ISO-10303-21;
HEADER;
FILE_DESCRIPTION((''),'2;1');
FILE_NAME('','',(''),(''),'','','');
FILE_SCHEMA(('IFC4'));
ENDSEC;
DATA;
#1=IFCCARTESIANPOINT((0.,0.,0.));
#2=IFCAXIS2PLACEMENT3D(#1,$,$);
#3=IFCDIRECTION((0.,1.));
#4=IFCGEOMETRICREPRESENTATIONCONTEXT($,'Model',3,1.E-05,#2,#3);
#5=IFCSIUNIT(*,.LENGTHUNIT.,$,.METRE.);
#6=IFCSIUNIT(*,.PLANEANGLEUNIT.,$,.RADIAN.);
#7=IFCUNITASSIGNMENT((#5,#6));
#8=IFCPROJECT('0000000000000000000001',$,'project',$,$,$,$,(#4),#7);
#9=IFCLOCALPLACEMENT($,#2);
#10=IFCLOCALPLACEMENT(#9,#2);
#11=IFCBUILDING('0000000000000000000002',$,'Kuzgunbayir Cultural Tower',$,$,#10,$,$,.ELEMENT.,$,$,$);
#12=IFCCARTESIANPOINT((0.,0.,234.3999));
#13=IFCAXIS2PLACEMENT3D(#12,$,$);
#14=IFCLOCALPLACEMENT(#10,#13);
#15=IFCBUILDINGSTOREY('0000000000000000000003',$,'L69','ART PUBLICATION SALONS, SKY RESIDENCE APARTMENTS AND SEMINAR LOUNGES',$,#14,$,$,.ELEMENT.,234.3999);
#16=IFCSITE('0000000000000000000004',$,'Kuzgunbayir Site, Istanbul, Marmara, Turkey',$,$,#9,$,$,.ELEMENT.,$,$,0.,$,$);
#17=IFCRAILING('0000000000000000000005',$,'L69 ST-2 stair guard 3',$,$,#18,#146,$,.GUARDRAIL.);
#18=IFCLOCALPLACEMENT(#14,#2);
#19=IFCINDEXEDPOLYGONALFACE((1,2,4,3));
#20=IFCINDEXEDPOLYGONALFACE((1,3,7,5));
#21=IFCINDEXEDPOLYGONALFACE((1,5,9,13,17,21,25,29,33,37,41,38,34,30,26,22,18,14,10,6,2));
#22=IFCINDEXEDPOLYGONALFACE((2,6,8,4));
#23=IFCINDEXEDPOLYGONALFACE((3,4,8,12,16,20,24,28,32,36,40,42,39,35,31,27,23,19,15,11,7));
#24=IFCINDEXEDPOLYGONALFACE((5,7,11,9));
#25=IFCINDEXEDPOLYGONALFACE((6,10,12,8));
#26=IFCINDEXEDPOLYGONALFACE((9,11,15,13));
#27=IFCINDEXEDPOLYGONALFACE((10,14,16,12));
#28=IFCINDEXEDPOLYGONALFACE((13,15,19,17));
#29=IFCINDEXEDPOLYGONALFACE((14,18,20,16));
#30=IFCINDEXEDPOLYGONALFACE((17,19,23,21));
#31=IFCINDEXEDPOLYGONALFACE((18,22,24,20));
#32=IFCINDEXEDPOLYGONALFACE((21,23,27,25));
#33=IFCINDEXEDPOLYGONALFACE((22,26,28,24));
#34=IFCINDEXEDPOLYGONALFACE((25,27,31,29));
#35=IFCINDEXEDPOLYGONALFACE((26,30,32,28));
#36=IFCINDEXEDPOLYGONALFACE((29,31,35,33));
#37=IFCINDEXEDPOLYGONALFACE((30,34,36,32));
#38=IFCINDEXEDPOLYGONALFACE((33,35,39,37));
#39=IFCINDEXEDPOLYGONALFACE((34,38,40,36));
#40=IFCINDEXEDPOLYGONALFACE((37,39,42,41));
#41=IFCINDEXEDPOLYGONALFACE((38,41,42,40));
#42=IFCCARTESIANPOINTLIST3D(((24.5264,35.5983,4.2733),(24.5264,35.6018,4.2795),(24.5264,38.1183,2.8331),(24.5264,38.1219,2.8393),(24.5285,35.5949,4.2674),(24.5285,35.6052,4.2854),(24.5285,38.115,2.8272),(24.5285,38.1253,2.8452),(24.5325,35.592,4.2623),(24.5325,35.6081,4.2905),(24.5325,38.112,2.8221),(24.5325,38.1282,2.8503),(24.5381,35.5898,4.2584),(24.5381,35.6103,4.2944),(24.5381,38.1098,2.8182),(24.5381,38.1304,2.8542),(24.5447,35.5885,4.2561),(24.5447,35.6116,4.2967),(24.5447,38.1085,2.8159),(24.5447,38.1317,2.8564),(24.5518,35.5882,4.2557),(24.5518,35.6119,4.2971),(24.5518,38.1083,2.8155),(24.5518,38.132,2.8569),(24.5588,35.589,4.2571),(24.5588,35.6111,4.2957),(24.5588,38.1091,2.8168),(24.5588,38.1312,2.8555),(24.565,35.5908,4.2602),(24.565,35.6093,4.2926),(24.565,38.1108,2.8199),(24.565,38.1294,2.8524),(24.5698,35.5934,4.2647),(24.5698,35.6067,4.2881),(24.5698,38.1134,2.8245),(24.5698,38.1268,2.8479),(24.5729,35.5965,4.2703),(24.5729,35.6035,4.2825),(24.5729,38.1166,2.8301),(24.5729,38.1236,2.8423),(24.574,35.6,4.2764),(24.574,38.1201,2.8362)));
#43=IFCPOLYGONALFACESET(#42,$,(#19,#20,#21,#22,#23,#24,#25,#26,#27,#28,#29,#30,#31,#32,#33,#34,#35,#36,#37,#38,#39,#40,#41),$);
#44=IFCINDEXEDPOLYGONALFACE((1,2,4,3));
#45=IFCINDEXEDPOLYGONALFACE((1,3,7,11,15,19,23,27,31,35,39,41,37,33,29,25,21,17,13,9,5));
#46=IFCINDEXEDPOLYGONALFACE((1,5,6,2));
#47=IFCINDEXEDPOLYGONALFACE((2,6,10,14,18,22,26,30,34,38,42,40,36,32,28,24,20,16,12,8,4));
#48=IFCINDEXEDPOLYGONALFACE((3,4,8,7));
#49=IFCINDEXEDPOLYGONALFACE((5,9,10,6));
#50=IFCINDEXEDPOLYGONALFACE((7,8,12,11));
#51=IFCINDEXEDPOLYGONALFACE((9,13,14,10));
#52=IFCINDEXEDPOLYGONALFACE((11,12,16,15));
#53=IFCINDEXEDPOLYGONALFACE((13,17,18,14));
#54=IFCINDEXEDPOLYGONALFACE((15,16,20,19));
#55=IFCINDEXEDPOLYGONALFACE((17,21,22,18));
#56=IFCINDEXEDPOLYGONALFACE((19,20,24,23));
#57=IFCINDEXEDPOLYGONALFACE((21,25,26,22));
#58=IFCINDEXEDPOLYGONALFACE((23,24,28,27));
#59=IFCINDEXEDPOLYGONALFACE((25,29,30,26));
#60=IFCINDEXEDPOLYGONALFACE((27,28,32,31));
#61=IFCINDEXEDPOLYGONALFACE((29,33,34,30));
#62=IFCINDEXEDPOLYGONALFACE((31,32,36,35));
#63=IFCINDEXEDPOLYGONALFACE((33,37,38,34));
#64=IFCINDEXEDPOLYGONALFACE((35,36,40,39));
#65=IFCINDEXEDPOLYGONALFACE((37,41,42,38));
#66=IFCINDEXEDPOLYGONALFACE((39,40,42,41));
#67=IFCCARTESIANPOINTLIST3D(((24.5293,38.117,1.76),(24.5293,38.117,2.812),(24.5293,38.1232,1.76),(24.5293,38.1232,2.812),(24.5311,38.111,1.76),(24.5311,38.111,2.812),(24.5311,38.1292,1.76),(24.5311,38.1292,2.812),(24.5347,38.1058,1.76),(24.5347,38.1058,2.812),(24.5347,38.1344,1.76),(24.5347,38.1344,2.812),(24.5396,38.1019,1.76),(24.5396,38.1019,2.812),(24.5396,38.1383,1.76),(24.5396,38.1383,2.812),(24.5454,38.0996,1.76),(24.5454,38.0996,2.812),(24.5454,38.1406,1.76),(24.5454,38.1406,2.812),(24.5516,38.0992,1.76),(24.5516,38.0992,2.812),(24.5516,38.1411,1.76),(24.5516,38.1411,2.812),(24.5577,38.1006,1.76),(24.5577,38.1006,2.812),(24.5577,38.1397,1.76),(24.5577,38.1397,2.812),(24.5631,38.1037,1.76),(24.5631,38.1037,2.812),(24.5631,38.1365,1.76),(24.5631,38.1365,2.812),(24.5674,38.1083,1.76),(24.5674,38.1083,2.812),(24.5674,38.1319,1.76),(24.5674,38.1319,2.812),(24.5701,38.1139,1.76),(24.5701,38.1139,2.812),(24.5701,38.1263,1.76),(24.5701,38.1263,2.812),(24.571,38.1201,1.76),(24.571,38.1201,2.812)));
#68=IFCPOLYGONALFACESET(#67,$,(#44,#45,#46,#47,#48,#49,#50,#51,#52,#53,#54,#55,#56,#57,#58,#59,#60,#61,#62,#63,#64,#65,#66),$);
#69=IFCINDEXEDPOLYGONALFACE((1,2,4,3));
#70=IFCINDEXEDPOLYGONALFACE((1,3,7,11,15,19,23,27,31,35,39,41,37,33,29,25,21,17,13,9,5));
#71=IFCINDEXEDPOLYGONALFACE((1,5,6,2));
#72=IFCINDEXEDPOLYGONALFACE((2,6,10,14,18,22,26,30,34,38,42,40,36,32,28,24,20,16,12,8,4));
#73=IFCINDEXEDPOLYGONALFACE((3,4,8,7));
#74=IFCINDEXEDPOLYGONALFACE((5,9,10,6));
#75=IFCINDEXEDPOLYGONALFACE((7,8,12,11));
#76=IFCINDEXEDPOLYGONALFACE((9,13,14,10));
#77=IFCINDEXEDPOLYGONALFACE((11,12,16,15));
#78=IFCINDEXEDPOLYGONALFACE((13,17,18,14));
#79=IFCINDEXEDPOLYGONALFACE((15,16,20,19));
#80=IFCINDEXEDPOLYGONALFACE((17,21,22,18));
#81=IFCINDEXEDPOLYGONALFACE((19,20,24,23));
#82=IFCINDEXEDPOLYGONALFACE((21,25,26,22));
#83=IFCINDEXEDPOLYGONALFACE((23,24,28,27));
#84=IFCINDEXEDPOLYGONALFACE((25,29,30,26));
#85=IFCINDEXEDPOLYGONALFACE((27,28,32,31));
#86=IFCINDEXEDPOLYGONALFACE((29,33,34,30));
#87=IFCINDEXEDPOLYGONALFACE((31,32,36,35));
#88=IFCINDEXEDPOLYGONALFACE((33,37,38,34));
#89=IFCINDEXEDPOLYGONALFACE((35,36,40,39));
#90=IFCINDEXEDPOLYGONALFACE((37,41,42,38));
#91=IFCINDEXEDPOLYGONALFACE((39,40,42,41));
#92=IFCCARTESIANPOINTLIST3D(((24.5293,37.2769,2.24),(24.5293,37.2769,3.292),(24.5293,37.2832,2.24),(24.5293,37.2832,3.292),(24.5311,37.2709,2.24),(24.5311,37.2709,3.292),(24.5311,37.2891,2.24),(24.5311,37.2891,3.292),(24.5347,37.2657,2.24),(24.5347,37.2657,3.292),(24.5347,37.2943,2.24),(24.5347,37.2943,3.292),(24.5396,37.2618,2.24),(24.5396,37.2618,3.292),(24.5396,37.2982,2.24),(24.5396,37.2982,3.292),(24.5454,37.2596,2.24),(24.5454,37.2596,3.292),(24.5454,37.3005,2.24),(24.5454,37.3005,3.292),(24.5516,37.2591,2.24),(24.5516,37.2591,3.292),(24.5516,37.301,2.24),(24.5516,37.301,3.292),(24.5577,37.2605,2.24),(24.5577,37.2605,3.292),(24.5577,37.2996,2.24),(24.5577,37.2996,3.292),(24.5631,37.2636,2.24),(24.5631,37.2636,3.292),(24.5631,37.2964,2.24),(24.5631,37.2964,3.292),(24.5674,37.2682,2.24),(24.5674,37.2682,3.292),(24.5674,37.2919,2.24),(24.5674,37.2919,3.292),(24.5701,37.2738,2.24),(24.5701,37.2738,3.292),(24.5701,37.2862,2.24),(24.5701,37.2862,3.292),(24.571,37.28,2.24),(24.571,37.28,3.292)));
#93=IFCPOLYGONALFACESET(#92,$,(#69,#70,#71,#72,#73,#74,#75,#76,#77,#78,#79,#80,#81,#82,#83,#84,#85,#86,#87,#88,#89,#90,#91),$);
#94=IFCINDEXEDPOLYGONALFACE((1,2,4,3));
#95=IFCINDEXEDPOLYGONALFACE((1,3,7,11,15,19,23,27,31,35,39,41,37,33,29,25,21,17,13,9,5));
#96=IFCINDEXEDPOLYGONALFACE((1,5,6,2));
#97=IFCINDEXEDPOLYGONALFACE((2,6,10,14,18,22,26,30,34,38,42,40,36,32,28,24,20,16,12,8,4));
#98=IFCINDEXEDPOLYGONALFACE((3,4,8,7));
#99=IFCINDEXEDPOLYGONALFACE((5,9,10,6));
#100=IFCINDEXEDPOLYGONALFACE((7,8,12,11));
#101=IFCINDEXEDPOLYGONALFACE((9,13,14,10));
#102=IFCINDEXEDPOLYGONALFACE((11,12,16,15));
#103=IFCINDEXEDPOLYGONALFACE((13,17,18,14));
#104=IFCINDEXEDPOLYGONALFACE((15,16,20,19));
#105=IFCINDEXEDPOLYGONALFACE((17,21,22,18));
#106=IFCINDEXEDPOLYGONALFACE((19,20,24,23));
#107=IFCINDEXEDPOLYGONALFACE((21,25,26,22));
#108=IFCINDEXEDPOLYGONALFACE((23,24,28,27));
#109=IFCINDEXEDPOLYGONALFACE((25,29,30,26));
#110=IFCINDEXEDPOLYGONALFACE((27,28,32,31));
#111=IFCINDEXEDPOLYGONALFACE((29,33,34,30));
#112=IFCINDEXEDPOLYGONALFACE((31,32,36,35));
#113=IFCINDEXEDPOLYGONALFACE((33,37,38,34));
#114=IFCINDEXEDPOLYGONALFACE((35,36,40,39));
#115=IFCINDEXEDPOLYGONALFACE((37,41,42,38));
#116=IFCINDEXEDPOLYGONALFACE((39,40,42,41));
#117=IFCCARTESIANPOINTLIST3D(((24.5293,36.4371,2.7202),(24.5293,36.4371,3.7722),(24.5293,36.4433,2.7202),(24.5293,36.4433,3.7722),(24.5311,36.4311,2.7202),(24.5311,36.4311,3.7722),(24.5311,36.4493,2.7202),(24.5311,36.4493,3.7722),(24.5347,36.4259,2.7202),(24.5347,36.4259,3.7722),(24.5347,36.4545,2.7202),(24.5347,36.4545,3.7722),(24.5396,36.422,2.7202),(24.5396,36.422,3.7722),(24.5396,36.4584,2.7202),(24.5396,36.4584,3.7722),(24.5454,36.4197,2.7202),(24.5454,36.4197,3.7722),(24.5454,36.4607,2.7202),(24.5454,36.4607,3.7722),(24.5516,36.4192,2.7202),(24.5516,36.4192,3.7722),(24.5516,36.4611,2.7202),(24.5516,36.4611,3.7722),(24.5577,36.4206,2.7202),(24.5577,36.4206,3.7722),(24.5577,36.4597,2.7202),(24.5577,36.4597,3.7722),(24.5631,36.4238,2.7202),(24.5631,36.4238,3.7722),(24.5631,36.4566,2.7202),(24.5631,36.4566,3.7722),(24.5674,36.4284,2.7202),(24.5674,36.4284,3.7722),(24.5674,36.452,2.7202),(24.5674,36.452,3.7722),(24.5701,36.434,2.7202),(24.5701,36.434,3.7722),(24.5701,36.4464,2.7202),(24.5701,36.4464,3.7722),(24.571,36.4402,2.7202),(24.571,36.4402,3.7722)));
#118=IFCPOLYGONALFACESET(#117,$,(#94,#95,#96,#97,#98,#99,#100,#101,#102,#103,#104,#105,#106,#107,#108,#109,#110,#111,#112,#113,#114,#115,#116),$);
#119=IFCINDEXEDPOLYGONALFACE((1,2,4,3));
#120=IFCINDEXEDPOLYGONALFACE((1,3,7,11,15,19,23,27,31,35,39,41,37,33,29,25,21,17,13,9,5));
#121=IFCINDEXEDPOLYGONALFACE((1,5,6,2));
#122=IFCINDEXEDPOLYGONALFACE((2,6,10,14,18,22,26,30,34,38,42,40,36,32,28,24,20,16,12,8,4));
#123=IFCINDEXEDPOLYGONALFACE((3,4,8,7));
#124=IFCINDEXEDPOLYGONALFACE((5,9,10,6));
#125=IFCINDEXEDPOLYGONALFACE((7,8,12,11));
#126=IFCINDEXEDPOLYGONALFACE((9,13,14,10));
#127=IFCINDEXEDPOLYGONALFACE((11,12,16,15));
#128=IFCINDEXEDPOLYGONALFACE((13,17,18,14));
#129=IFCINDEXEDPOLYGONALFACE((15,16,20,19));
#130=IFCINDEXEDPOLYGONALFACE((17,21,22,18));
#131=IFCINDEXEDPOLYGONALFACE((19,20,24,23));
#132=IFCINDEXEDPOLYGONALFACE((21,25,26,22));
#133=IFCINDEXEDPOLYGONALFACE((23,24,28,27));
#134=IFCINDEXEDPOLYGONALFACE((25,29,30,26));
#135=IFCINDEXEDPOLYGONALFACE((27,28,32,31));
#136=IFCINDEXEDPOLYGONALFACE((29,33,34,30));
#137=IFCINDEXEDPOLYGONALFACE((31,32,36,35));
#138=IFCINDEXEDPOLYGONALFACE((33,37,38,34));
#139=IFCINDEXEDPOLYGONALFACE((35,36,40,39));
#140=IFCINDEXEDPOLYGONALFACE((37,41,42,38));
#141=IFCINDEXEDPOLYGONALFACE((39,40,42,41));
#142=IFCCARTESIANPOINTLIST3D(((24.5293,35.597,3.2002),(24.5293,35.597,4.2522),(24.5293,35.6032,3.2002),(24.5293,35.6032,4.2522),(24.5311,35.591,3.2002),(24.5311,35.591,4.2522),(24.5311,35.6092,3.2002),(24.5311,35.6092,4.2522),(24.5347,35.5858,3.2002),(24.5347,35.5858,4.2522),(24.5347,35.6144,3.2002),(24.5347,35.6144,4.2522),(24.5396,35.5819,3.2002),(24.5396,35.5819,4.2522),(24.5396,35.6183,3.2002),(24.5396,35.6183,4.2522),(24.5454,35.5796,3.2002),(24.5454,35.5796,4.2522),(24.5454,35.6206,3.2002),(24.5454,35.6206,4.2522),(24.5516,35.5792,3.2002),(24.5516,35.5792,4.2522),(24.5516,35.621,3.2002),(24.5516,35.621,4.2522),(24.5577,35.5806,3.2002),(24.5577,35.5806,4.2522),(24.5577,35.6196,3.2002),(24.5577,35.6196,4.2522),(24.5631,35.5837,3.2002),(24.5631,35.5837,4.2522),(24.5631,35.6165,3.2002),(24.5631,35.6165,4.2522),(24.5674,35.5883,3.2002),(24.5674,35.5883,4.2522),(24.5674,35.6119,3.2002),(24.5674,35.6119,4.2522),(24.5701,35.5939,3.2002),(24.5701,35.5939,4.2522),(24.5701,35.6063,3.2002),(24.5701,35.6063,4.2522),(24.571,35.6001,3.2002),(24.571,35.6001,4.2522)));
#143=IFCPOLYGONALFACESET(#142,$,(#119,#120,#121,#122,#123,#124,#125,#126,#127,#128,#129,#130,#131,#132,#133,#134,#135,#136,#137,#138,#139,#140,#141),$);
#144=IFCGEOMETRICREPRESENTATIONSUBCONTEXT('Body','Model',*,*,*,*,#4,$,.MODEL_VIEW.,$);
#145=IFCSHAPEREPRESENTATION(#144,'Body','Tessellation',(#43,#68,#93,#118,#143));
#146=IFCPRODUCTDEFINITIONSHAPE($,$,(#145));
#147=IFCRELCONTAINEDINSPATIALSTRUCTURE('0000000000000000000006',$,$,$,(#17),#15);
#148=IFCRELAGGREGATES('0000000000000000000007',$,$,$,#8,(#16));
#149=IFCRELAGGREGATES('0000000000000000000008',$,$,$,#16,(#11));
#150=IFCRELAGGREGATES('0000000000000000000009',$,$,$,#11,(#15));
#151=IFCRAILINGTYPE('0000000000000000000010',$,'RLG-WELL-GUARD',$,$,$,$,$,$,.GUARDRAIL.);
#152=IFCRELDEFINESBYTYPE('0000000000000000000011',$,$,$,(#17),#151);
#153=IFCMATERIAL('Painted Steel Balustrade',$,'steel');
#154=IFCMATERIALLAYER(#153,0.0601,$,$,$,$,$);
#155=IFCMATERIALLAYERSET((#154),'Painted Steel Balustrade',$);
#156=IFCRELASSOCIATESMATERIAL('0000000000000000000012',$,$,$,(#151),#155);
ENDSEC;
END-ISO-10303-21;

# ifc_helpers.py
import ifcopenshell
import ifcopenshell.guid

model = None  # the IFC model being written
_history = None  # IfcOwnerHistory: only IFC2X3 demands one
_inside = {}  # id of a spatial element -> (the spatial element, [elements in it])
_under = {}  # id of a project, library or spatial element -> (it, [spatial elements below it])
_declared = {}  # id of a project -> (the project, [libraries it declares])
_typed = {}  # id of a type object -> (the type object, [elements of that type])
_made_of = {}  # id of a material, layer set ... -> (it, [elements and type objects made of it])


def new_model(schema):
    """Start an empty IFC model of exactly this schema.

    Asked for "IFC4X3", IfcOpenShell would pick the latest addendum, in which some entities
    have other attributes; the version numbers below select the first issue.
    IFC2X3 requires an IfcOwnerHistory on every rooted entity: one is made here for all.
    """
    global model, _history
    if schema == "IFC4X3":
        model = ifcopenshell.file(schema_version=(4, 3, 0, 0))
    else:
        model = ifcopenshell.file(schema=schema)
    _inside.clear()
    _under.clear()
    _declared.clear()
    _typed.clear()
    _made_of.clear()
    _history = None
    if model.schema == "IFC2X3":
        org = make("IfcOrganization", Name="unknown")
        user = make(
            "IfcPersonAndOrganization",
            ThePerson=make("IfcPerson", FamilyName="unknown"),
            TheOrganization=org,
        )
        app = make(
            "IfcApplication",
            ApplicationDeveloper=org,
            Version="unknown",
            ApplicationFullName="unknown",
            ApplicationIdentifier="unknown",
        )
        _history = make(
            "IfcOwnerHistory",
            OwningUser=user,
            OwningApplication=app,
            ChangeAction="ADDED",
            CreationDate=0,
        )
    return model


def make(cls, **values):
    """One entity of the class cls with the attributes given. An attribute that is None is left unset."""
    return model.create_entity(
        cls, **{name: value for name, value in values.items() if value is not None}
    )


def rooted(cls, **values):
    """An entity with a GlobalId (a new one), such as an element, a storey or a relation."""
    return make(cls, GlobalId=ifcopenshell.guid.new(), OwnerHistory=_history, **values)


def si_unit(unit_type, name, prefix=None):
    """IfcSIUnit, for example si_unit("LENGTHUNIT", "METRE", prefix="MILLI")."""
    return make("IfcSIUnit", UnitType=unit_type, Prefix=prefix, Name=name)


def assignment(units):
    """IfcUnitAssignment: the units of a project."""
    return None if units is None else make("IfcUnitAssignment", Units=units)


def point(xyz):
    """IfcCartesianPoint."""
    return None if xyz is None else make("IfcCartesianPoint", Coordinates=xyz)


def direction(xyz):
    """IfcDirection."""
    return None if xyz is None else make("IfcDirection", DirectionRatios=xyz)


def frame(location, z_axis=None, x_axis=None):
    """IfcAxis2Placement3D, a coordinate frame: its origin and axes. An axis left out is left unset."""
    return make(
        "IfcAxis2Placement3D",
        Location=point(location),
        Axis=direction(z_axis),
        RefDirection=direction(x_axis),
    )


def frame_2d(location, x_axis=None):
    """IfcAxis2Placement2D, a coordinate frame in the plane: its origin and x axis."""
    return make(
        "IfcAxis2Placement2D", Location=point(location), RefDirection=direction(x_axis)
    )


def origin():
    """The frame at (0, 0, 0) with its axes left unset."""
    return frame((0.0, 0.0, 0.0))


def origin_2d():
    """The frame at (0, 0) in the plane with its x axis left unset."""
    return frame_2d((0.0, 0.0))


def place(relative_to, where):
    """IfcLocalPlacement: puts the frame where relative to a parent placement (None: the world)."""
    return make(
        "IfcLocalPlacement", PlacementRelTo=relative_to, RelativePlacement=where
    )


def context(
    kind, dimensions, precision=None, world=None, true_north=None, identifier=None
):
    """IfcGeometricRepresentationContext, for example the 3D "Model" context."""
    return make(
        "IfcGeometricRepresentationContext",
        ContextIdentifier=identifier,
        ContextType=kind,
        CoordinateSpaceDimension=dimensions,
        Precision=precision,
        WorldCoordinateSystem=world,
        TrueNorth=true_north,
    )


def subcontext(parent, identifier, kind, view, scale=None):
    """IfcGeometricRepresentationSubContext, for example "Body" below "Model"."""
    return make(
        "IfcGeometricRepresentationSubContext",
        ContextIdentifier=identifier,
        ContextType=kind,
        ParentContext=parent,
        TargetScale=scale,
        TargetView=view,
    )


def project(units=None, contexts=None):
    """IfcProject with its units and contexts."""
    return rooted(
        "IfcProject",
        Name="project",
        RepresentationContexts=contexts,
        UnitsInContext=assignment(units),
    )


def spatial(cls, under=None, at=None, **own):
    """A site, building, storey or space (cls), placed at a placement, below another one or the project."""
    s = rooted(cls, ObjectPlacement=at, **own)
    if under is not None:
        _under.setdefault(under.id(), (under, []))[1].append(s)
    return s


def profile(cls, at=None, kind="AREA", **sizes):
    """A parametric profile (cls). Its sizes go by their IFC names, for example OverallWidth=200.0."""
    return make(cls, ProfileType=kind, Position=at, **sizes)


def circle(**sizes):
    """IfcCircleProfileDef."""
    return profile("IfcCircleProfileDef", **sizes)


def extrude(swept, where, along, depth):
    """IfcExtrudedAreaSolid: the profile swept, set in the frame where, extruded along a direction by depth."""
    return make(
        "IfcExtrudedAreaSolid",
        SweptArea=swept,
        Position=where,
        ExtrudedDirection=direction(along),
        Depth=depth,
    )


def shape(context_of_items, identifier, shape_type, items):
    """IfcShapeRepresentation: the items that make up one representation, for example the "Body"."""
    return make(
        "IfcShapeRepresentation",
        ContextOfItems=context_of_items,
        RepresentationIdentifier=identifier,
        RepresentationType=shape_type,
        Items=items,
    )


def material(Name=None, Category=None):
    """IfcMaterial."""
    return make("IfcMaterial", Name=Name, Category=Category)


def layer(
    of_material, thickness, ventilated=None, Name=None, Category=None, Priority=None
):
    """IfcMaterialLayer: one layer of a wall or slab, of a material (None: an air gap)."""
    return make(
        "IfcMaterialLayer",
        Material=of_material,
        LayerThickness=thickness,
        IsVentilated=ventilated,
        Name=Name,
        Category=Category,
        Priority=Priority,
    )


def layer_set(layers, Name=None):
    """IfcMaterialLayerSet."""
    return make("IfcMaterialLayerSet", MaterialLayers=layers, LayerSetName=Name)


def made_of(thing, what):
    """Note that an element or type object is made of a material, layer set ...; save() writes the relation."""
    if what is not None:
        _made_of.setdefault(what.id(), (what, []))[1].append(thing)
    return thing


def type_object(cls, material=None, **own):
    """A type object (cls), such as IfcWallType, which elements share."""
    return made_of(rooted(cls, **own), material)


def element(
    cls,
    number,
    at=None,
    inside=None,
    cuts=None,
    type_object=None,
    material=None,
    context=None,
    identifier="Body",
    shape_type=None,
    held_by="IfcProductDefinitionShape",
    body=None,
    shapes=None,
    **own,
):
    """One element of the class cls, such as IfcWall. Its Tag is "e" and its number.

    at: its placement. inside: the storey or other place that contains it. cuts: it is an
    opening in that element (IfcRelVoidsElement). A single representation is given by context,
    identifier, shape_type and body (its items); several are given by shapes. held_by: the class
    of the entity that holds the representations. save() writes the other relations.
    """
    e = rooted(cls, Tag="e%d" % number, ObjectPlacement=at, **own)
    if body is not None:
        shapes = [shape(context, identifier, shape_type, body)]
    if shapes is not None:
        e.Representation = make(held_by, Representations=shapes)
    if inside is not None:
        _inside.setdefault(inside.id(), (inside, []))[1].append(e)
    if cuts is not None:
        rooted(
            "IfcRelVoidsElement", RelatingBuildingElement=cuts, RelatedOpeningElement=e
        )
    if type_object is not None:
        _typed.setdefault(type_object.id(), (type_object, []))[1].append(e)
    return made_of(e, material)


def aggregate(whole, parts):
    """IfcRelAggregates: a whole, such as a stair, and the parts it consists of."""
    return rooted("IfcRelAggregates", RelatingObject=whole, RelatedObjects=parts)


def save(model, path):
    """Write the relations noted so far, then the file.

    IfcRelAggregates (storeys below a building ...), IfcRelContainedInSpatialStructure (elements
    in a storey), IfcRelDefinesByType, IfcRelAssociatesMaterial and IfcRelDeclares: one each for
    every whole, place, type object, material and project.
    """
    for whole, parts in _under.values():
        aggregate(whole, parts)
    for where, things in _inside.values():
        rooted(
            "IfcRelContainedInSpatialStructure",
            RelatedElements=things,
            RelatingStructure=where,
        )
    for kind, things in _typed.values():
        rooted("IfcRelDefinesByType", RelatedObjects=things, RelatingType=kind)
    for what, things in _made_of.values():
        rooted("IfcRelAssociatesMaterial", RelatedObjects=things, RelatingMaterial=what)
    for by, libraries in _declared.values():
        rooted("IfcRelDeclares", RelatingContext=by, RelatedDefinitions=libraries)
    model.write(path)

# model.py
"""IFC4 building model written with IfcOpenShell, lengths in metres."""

from ifc_helpers import new_model, si_unit, direction, frame, origin, origin_2d, place, context, subcontext, project, spatial, circle, extrude, material, layer, layer_set, type_object, element, save


model = new_model("IFC4")

# Units and contexts
model_context = context("Model", 3, precision=1e-05, world=origin(), true_north=direction((0.0, 1.0)))
body_context = subcontext(model_context, "Body", "Model", "MODEL_VIEW")
ifc_project = project(units=[si_unit("LENGTHUNIT", "METRE"), si_unit("PLANEANGLEUNIT", "RADIAN")], contexts=[model_context])

# Site, building, storey
site_placement = place(None, origin())
site = spatial("IfcSite", under=ifc_project, at=site_placement, Name="Kuzgunbayir Site, Istanbul, Marmara, Turkey", CompositionType="ELEMENT", RefElevation=0.0)
building_placement = place(site_placement, origin())
building = spatial("IfcBuilding", under=site, at=building_placement, Name="Kuzgunbayir Cultural Tower", CompositionType="ELEMENT")
storey_placement = place(building_placement, frame((0.0, 0.0, 234.3999)))
storey = spatial("IfcBuildingStorey", under=building, at=storey_placement, Name="L69", Description="ART PUBLICATION SALONS, SKY RESIDENCE APARTMENTS AND SEMINAR LOUNGES", CompositionType="ELEMENT", Elevation=234.3999)

# Railing
ifc_material_1 = material(Name="Painted Steel Balustrade", Category="steel")
ifc_layer_1 = layer(ifc_material_1, 0.0601)
ifc_layer_set_1 = layer_set([ifc_layer_1], Name="Painted Steel Balustrade")
railing_type_1 = type_object("IfcRailingType", Name="RLG-WELL-GUARD", PredefinedType="GUARDRAIL", material=ifc_layer_set_1)
railing_1_placement = place(storey_placement, frame((24.55, 38.1201, 1.76)))
element("IfcRailing", 1, at=railing_1_placement, inside=storey, type_object=railing_type_1, Name="L69 ST-2 stair guard 3", PredefinedType="GUARDRAIL", context=body_context, shape_type="SweptSolid", body=[
    extrude(circle(Radius=0.0239, at=origin_2d()), frame((0.0, 0.0, 1.0762), z_axis=(0.0, -0.868217, 0.496184), x_axis=(1.0, 0.0, 0.0)), (0.0, 0.0, 1.0), 2.9026),
    extrude(circle(Radius=0.021, at=origin_2d()), origin(), (0.0, 0.0, 1.0), 1.052),
    extrude(circle(Radius=0.021, at=origin_2d()), frame((0.0, -0.8401, 0.48)), (0.0, 0.0, 1.0), 1.052),
    extrude(circle(Radius=0.021, at=origin_2d()), frame((0.0, -1.6799, 0.9602)), (0.0, 0.0, 1.0), 1.052),
    extrude(circle(Radius=0.021, at=origin_2d()), frame((0.0, -2.52, 1.4402)), (0.0, 0.0, 1.0), 1.052),
])

save(model, "model.ifc")
